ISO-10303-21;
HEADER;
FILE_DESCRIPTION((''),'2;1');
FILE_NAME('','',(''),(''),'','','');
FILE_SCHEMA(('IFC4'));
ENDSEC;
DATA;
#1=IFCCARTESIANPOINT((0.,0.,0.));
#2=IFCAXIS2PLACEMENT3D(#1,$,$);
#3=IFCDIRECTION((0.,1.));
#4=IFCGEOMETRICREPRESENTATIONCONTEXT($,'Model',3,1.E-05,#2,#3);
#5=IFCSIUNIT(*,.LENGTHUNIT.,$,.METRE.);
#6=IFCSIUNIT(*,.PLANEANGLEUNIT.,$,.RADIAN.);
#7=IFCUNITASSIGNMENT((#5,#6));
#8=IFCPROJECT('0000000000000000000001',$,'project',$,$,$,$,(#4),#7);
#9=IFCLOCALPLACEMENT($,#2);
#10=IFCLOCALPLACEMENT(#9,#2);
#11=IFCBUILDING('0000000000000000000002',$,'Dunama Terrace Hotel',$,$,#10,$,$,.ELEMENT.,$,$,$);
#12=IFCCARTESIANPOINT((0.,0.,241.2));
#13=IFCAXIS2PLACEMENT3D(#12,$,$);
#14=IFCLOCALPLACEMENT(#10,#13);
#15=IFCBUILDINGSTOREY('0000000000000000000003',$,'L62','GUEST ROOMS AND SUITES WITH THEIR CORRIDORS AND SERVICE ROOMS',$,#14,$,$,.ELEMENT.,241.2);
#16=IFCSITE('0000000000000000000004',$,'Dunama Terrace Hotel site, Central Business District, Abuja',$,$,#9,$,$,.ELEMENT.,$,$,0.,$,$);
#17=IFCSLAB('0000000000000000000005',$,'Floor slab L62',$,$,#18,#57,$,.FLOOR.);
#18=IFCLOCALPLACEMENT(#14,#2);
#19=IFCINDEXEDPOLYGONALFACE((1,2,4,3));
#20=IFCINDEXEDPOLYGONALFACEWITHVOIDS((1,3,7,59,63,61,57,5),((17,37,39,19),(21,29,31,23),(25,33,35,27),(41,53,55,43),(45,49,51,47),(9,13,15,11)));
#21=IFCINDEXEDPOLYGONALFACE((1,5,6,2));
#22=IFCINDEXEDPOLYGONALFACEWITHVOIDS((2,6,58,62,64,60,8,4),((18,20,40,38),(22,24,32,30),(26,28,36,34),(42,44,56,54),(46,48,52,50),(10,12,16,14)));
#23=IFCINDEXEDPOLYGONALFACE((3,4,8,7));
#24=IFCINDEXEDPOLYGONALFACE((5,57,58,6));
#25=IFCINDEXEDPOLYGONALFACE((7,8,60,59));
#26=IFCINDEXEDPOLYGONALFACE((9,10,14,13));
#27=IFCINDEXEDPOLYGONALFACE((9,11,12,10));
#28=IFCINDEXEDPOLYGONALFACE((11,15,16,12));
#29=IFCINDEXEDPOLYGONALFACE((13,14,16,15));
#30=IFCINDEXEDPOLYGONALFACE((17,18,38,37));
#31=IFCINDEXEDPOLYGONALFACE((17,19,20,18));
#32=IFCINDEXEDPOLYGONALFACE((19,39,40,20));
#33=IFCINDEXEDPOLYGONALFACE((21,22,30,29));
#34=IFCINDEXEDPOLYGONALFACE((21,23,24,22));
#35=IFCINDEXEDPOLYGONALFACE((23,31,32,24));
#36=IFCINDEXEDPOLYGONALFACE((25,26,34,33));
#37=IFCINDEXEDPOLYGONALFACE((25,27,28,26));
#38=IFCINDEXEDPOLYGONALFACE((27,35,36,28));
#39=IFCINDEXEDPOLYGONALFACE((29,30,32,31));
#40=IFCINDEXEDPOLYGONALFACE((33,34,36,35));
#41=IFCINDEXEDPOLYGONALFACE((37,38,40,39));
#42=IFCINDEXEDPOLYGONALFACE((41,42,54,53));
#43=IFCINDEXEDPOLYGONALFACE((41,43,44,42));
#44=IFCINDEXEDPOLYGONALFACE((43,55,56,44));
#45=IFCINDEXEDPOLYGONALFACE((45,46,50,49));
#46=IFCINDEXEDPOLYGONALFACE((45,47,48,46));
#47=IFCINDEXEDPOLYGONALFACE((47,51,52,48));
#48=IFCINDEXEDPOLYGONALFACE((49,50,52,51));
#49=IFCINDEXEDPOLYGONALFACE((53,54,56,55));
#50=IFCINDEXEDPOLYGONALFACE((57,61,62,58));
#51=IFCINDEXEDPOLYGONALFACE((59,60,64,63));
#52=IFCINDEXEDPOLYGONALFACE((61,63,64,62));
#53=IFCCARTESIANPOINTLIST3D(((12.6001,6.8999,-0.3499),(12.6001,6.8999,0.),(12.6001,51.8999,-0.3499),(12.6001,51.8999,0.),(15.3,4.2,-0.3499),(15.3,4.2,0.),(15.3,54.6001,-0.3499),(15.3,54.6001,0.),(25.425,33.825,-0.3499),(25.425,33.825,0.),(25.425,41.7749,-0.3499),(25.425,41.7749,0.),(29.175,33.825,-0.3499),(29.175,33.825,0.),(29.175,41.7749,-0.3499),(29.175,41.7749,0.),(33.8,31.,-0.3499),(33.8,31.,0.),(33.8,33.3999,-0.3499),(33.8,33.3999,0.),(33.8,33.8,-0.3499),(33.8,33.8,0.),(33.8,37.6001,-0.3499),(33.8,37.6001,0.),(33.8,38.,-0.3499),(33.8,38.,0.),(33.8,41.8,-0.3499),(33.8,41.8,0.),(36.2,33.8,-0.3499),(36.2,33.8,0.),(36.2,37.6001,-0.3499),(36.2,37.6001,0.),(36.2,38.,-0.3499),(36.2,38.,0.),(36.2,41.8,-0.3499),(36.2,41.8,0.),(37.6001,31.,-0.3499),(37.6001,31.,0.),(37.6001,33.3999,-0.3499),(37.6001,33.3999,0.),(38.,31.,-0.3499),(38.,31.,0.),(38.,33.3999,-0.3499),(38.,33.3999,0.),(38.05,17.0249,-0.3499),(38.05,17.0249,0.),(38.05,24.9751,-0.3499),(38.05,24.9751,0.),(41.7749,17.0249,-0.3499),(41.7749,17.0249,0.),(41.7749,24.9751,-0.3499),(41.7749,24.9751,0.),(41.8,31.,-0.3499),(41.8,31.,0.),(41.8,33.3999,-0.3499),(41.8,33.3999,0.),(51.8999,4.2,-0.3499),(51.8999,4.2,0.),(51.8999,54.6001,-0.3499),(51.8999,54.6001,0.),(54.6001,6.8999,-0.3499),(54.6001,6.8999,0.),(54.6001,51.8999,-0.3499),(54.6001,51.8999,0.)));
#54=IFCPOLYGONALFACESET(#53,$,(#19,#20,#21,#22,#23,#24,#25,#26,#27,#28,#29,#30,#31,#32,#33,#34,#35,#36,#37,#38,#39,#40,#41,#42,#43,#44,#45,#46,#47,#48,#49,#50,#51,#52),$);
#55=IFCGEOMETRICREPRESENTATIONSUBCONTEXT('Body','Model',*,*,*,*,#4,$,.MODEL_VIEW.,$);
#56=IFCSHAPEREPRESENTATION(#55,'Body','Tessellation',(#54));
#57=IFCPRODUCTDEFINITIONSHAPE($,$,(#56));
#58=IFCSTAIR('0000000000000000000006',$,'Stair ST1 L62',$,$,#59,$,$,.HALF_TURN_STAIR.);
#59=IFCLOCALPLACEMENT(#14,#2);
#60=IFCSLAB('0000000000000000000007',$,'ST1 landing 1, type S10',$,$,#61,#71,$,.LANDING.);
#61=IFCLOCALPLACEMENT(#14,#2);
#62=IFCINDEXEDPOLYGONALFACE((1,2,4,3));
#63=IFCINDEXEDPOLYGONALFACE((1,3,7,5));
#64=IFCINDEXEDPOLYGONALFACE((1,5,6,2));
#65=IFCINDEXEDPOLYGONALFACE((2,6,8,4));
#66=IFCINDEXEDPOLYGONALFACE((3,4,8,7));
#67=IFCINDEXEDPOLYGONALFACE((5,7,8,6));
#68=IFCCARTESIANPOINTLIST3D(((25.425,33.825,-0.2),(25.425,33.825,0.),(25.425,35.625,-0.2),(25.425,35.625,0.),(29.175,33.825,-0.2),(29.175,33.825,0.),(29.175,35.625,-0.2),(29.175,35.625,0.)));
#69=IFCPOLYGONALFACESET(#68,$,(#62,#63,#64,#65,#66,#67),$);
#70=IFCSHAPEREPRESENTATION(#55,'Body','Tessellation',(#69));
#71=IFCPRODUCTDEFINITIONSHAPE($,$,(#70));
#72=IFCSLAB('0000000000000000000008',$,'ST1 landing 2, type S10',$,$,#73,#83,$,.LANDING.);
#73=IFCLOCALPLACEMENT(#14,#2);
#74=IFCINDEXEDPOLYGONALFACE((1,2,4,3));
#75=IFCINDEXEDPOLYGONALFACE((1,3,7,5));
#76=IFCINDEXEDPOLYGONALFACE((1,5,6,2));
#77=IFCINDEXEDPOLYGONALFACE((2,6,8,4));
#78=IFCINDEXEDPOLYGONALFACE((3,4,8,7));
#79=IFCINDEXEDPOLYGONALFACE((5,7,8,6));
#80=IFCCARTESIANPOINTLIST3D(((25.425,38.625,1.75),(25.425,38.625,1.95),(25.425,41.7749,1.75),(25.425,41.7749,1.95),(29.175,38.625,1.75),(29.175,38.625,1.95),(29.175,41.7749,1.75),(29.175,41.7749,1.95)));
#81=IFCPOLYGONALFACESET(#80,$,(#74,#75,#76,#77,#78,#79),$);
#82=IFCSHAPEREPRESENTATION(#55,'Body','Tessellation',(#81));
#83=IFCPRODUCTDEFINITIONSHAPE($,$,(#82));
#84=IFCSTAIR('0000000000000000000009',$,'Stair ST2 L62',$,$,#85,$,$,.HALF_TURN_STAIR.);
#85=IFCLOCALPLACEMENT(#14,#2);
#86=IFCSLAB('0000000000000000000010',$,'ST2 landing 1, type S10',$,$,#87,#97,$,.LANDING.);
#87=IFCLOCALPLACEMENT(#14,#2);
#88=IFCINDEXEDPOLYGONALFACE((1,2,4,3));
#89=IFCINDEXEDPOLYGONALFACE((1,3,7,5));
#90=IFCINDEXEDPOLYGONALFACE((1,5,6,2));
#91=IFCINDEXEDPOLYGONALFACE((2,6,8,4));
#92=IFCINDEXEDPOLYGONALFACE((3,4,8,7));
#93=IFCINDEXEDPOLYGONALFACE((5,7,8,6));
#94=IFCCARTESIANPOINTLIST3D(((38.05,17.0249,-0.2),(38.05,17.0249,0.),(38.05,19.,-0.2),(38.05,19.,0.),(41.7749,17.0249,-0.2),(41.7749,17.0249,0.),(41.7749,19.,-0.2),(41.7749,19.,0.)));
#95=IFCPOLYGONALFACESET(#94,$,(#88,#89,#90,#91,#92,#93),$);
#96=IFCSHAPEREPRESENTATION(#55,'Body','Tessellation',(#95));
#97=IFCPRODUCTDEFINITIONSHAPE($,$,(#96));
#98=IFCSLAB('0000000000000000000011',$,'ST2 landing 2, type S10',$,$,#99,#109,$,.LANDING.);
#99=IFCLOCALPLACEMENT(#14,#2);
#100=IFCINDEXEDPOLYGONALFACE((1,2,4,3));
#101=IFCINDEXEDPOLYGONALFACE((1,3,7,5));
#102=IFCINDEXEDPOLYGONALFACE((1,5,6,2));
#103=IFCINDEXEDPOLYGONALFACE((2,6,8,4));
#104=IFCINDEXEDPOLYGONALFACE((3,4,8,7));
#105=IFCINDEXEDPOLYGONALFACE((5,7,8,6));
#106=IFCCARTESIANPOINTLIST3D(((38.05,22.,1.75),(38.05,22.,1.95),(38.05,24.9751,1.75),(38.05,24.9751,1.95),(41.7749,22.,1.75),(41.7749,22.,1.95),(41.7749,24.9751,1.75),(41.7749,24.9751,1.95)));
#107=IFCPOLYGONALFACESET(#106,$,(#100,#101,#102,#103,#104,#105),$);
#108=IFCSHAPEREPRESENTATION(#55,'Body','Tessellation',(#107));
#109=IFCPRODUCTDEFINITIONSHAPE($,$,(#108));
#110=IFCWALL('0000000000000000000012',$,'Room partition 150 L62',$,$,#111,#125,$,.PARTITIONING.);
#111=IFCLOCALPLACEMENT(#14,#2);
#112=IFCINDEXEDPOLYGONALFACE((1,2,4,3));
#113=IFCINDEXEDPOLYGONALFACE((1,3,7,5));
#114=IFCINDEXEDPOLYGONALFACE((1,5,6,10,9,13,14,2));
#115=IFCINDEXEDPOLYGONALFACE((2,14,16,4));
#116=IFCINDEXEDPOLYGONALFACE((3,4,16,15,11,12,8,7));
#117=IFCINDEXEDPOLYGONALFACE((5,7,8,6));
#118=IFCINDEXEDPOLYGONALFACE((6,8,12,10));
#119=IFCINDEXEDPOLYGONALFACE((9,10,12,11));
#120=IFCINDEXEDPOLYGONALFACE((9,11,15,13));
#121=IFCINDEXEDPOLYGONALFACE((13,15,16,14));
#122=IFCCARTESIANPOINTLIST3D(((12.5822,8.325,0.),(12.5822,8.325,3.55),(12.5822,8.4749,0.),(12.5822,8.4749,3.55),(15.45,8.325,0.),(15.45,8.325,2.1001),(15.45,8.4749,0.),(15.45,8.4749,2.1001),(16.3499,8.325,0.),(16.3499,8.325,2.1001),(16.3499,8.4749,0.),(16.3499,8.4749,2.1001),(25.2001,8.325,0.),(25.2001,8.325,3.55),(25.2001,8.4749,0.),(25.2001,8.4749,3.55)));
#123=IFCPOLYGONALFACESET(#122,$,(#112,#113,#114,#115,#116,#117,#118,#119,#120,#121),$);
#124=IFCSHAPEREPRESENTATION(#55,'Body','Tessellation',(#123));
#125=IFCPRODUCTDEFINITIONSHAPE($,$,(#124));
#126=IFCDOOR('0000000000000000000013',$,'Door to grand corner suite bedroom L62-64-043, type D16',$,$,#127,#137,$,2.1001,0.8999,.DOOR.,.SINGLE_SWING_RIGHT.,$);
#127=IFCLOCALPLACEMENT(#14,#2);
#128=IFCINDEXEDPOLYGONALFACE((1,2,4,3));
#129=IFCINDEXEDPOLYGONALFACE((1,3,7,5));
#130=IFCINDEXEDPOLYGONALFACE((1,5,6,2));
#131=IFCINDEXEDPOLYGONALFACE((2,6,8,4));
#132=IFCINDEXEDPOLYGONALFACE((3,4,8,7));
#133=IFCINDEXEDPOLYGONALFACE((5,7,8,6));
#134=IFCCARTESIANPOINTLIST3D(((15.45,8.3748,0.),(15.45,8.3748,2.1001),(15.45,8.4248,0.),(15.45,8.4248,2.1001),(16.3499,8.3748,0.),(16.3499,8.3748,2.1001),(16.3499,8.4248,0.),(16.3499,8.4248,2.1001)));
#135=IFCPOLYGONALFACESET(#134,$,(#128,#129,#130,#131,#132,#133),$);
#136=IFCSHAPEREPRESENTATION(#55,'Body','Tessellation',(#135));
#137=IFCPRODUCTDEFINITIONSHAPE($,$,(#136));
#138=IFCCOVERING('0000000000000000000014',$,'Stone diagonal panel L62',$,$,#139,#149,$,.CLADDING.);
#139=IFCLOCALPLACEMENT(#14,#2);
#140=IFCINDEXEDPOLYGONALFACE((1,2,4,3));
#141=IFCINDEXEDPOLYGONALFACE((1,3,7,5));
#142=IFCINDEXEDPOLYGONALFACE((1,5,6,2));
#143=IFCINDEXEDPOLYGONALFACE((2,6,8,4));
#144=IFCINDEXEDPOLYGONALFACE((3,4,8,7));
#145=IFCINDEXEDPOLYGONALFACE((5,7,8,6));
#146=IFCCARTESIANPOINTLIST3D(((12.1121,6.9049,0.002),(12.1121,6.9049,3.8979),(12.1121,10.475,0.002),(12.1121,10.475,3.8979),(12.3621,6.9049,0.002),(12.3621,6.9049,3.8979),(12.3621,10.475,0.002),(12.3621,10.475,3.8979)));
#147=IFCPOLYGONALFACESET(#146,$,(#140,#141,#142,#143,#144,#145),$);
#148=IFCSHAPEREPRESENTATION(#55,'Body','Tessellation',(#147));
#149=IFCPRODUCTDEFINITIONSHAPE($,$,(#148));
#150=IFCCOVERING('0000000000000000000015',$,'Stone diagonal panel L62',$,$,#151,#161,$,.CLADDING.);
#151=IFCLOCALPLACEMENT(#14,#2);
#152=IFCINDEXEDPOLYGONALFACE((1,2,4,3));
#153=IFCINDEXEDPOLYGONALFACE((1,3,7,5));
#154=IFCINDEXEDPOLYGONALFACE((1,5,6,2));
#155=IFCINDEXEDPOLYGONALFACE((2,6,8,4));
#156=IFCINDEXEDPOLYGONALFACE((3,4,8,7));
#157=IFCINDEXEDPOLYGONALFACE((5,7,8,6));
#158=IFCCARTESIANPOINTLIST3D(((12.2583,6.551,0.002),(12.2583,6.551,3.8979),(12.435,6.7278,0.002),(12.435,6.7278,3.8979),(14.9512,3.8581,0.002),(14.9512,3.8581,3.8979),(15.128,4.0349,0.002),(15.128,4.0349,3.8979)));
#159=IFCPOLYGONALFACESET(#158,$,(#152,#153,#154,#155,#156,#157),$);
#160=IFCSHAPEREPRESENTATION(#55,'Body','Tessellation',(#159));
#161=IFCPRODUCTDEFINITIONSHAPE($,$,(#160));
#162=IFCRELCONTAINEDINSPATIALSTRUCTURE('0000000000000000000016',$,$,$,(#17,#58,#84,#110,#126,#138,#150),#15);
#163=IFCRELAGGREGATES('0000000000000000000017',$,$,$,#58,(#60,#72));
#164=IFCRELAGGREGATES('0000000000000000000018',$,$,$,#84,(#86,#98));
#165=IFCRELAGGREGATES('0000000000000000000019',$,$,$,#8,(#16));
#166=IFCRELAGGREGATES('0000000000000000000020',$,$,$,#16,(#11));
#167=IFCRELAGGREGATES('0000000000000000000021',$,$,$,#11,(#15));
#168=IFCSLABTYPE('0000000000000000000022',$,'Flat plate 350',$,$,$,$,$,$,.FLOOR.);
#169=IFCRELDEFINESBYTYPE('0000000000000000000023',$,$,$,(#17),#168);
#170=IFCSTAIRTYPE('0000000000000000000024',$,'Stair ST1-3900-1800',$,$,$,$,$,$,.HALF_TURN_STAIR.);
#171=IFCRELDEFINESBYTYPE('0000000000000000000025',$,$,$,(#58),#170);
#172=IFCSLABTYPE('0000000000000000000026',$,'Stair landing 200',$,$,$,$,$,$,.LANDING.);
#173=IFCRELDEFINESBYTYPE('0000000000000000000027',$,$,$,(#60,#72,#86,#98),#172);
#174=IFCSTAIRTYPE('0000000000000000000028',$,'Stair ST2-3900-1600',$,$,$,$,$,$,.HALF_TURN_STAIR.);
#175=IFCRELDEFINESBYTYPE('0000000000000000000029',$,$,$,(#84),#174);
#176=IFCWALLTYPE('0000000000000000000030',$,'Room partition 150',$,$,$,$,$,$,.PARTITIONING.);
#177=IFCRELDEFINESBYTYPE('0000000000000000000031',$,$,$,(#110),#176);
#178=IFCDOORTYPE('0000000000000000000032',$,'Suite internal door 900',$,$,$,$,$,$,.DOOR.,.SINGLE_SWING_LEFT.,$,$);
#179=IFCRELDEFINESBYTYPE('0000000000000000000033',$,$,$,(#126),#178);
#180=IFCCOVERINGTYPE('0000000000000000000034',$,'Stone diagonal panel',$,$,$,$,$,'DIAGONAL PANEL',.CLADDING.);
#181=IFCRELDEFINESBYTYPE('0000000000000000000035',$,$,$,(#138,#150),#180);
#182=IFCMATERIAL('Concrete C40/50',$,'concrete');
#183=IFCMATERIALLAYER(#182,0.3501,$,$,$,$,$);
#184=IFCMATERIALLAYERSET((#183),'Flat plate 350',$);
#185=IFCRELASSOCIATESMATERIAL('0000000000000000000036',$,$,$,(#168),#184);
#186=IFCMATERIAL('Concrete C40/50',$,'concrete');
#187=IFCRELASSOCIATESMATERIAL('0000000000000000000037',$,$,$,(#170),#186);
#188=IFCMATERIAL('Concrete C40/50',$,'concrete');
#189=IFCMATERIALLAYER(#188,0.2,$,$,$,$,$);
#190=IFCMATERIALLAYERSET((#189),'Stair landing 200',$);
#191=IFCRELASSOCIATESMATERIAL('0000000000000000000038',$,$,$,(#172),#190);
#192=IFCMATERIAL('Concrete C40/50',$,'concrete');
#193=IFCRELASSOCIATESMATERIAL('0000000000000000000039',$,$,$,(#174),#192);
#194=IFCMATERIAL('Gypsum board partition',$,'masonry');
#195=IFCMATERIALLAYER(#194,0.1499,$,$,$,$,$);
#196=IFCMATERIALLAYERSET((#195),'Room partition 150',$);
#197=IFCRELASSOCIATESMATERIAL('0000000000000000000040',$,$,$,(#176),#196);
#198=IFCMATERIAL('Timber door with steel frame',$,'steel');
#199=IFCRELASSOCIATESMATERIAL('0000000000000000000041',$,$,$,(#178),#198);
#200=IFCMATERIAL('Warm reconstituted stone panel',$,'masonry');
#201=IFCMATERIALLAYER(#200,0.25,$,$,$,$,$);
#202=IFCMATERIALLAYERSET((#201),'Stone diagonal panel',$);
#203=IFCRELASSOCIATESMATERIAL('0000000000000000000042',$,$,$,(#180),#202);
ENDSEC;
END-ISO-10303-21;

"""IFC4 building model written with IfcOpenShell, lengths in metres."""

from ifc_helpers import new_model, si_unit, direction, frame, frame_2d, origin, origin_2d, place, context, subcontext, project, spatial, polyline, rectangle, outline, extrude, material, layer, layer_set, type_object, element, fill, aggregate, save


model = new_model("IFC4")

# Units and contexts
model_context = context("Model", 3, precision=1e-05, world=origin(), true_north=direction((0.0, 1.0)))
body_context = subcontext(model_context, "Body", "Model", "MODEL_VIEW")
ifc_project = project(units=[si_unit("LENGTHUNIT", "METRE"), si_unit("PLANEANGLEUNIT", "RADIAN")], contexts=[model_context])

# Site, building, storey
site_placement = place(None, origin())
site = spatial("IfcSite", under=ifc_project, at=site_placement, Name="Dunama Terrace Hotel site, Central Business District, Abuja", CompositionType="ELEMENT", RefElevation=0.0)
building_placement = place(site_placement, origin())
building = spatial("IfcBuilding", under=site, at=building_placement, Name="Dunama Terrace Hotel", CompositionType="ELEMENT")
storey_placement = place(building_placement, frame((0.0, 0.0, 241.2)))
storey = spatial("IfcBuildingStorey", under=building, at=storey_placement, Name="L62", Description="GUEST ROOMS AND SUITES WITH THEIR CORRIDORS AND SERVICE ROOMS", CompositionType="ELEMENT", Elevation=241.2)

# Slab
ifc_material_1 = material(Name="Concrete C40/50", Category="concrete")
ifc_layer_1 = layer(ifc_material_1, 0.3501)
ifc_layer_set_1 = layer_set([ifc_layer_1], Name="Flat plate 350")
slab_type_1 = type_object("IfcSlabType", Name="Flat plate 350", PredefinedType="FLOOR", material=ifc_layer_set_1)
slab_1_placement = place(storey_placement, frame((0.0, 0.0, -0.3499)))
element("IfcSlab", 1, at=slab_1_placement, inside=storey, type_object=slab_type_1, Name="Floor slab L62", PredefinedType="FLOOR", context=body_context, shape_type="SweptSolid", body=[
    extrude(outline(polyline([(15.3, 4.2), (51.8999, 4.2), (54.6001, 6.8999), (54.6001, 51.8999), (51.8999, 54.6001), (15.3, 54.6001), (12.6001, 51.8999), (12.6001, 6.8999), (15.3, 4.2)]), holes=[polyline([(37.6001, 31.0), (37.6001, 33.3999), (33.8, 33.3999), (33.8, 31.0), (37.6001, 31.0)]), polyline([(41.8, 31.0), (41.8, 33.3999), (38.0, 33.3999), (38.0, 31.0), (41.8, 31.0)]), polyline([(36.2, 38.0), (36.2, 41.8), (33.8, 41.8), (33.8, 38.0), (36.2, 38.0)]), polyline([(36.2, 33.8), (36.2, 37.6001), (33.8, 37.6001), (33.8, 33.8), (36.2, 33.8)]), polyline([(29.175, 33.825), (29.175, 41.7749), (25.425, 41.7749), (25.425, 33.825), (29.175, 33.825)]), polyline([(41.7749, 17.0249), (41.7749, 24.9751), (38.05, 24.9751), (38.05, 17.0249), (41.7749, 17.0249)])]), origin(), (0.0, 0.0, 1.0), 0.3499),
])

# Stairs, slabs
ifc_material_2 = material(Name="Concrete C40/50", Category="concrete")
stair_type_1 = type_object("IfcStairType", Name="Stair ST1-3900-1800", PredefinedType="HALF_TURN_STAIR", material=ifc_material_2)
stair_1_placement = place(storey_placement, origin())
stair_1 = element("IfcStair", 2, at=stair_1_placement, inside=storey, type_object=stair_type_1, Name="Stair ST1 L62", PredefinedType="HALF_TURN_STAIR")
ifc_material_3 = material(Name="Concrete C40/50", Category="concrete")
ifc_layer_2 = layer(ifc_material_3, 0.2)
ifc_layer_set_2 = layer_set([ifc_layer_2], Name="Stair landing 200")
slab_type_2 = type_object("IfcSlabType", Name="Stair landing 200", PredefinedType="LANDING", material=ifc_layer_set_2)
slab_2_placement = place(storey_placement, frame((0.0, 0.0, -0.2)))
slab_2 = element("IfcSlab", 3, at=slab_2_placement, type_object=slab_type_2, Name="ST1 landing 1, type S10", PredefinedType="LANDING", context=body_context, shape_type="SweptSolid", body=[
    extrude(outline(polyline([(25.425, 33.825), (29.175, 33.825), (29.175, 35.625), (25.425, 35.625), (25.425, 33.825)])), origin(), (0.0, 0.0, 1.0), 0.2),
])
slab_3_placement = place(storey_placement, frame((0.0, 0.0, 1.75)))
slab_3 = element("IfcSlab", 4, at=slab_3_placement, type_object=slab_type_2, Name="ST1 landing 2, type S10", PredefinedType="LANDING", context=body_context, shape_type="SweptSolid", body=[
    extrude(outline(polyline([(25.425, 38.625), (29.175, 38.625), (29.175, 41.7749), (25.425, 41.7749), (25.425, 38.625)])), origin(), (0.0, 0.0, 1.0), 0.2),
])
aggregate(stair_1, [slab_2, slab_3])
ifc_material_4 = material(Name="Concrete C40/50", Category="concrete")
stair_type_2 = type_object("IfcStairType", Name="Stair ST2-3900-1600", PredefinedType="HALF_TURN_STAIR", material=ifc_material_4)
stair_2_placement = place(storey_placement, origin())
stair_2 = element("IfcStair", 5, at=stair_2_placement, inside=storey, type_object=stair_type_2, Name="Stair ST2 L62", PredefinedType="HALF_TURN_STAIR")
slab_4_placement = place(storey_placement, frame((0.0, 0.0, -0.2)))
slab_4 = element("IfcSlab", 6, at=slab_4_placement, type_object=slab_type_2, Name="ST2 landing 1, type S10", PredefinedType="LANDING", context=body_context, shape_type="SweptSolid", body=[
    extrude(outline(polyline([(38.05, 17.0249), (41.7749, 17.0249), (41.7749, 19.0), (38.05, 19.0), (38.05, 17.0249)])), origin(), (0.0, 0.0, 1.0), 0.2),
])
slab_5_placement = place(storey_placement, frame((0.0, 0.0, 1.75)))
slab_5 = element("IfcSlab", 7, at=slab_5_placement, type_object=slab_type_2, Name="ST2 landing 2, type S10", PredefinedType="LANDING", context=body_context, shape_type="SweptSolid", body=[
    extrude(outline(polyline([(38.05, 22.0), (41.7749, 22.0), (41.7749, 24.9751), (38.05, 24.9751), (38.05, 22.0)])), origin(), (0.0, 0.0, 1.0), 0.2),
])
aggregate(stair_2, [slab_4, slab_5])

# Wall, opening, door
ifc_material_5 = material(Name="Gypsum board partition", Category="masonry")
ifc_layer_3 = layer(ifc_material_5, 0.1499)
ifc_layer_set_3 = layer_set([ifc_layer_3], Name="Room partition 150")
wall_type = type_object("IfcWallType", Name="Room partition 150", PredefinedType="PARTITIONING", material=ifc_layer_set_3)
wall_placement = place(storey_placement, frame((12.582, 8.3999, 0.0), z_axis=(0.0, 0.0, 1.0), x_axis=(1.0, 0.0, 0.0)))
wall = element("IfcWall", 8, at=wall_placement, inside=storey, type_object=wall_type, Name="Room partition 150 L62", PredefinedType="PARTITIONING", context=body_context, shape_type="SweptSolid", body=[
    extrude(rectangle(XDim=12.6179, YDim=0.1499, at=frame_2d((6.3091, 0.0))), origin(), (0.0, 0.0, 1.0), 3.55),
])
opening_placement = place(wall_placement, frame((2.8679, 0.0, 0.0)))
opening = element("IfcOpeningElement", 9, at=opening_placement, cuts=wall, PredefinedType="OPENING", context=body_context, shape_type="SweptSolid", body=[
    extrude(rectangle(XDim=0.8999, YDim=2.1001, at=frame_2d((0.45, 1.05))), frame((0.0, 0.085, 0.0), z_axis=(0.0, -1.0, 0.0), x_axis=(1.0, 0.0, 0.0)), (0.0, 0.0, 1.0), 0.1699),
])
ifc_material_6 = material(Name="Timber door with steel frame", Category="steel")
door_type = type_object("IfcDoorType", Name="Suite internal door 900", OperationType="SINGLE_SWING_LEFT", PredefinedType="DOOR", material=ifc_material_6)
door_placement = place(opening_placement, frame((0.8999, 0.0, 0.0), z_axis=(0.0, 0.0, 1.0), x_axis=(-1.0, 0.0, 0.0)))
door = element("IfcDoor", 10, at=door_placement, inside=storey, type_object=door_type, Name="Door to grand corner suite bedroom L62-64-043, type D16", OperationType="SINGLE_SWING_RIGHT", OverallHeight=2.1001, OverallWidth=0.8999, PredefinedType="DOOR", context=body_context, shape_type="SweptSolid", body=[
    extrude(rectangle(XDim=0.8999, YDim=2.1001, at=frame_2d((0.45, 1.05))), frame((0.0, 0.0251, 0.0), z_axis=(0.0, -1.0, 0.0), x_axis=(1.0, 0.0, 0.0)), (0.0, 0.0, 1.0), 0.05),
])
fill(opening, door)

# Coverings
ifc_material_7 = material(Name="Warm reconstituted stone panel", Category="masonry")
ifc_layer_4 = layer(ifc_material_7, 0.25)
ifc_layer_set_4 = layer_set([ifc_layer_4], Name="Stone diagonal panel")
covering_type = type_object("IfcCoveringType", Name="Stone diagonal panel", ElementType="DIAGONAL PANEL", PredefinedType="CLADDING", material=ifc_layer_set_4)
covering_1_placement = place(storey_placement, frame((12.2371, 8.6899, 0.002), z_axis=(0.0, 0.0, 1.0), x_axis=(0.0, -1.0, 0.0)))
element("IfcCovering", 11, at=covering_1_placement, inside=storey, type_object=covering_type, Name="Stone diagonal panel L62", PredefinedType="CLADDING", context=body_context, shape_type="SweptSolid", body=[
    extrude(rectangle(XDim=3.5701, YDim=0.25, at=origin_2d()), origin(), (0.0, 0.0, 1.0), 3.896),
])
covering_2_placement = place(storey_placement, frame((13.6931, 5.293, 0.002), z_axis=(0.0, 0.0, 1.0), x_axis=(0.707107, -0.707107, 0.0)))
element("IfcCovering", 12, at=covering_2_placement, inside=storey, type_object=covering_type, Name="Stone diagonal panel L62", PredefinedType="CLADDING", context=body_context, shape_type="SweptSolid", body=[
    extrude(rectangle(XDim=3.8083, YDim=0.25, at=origin_2d()), origin(), (0.0, 0.0, 1.0), 3.896),
])

save(model, "model.ifc")
